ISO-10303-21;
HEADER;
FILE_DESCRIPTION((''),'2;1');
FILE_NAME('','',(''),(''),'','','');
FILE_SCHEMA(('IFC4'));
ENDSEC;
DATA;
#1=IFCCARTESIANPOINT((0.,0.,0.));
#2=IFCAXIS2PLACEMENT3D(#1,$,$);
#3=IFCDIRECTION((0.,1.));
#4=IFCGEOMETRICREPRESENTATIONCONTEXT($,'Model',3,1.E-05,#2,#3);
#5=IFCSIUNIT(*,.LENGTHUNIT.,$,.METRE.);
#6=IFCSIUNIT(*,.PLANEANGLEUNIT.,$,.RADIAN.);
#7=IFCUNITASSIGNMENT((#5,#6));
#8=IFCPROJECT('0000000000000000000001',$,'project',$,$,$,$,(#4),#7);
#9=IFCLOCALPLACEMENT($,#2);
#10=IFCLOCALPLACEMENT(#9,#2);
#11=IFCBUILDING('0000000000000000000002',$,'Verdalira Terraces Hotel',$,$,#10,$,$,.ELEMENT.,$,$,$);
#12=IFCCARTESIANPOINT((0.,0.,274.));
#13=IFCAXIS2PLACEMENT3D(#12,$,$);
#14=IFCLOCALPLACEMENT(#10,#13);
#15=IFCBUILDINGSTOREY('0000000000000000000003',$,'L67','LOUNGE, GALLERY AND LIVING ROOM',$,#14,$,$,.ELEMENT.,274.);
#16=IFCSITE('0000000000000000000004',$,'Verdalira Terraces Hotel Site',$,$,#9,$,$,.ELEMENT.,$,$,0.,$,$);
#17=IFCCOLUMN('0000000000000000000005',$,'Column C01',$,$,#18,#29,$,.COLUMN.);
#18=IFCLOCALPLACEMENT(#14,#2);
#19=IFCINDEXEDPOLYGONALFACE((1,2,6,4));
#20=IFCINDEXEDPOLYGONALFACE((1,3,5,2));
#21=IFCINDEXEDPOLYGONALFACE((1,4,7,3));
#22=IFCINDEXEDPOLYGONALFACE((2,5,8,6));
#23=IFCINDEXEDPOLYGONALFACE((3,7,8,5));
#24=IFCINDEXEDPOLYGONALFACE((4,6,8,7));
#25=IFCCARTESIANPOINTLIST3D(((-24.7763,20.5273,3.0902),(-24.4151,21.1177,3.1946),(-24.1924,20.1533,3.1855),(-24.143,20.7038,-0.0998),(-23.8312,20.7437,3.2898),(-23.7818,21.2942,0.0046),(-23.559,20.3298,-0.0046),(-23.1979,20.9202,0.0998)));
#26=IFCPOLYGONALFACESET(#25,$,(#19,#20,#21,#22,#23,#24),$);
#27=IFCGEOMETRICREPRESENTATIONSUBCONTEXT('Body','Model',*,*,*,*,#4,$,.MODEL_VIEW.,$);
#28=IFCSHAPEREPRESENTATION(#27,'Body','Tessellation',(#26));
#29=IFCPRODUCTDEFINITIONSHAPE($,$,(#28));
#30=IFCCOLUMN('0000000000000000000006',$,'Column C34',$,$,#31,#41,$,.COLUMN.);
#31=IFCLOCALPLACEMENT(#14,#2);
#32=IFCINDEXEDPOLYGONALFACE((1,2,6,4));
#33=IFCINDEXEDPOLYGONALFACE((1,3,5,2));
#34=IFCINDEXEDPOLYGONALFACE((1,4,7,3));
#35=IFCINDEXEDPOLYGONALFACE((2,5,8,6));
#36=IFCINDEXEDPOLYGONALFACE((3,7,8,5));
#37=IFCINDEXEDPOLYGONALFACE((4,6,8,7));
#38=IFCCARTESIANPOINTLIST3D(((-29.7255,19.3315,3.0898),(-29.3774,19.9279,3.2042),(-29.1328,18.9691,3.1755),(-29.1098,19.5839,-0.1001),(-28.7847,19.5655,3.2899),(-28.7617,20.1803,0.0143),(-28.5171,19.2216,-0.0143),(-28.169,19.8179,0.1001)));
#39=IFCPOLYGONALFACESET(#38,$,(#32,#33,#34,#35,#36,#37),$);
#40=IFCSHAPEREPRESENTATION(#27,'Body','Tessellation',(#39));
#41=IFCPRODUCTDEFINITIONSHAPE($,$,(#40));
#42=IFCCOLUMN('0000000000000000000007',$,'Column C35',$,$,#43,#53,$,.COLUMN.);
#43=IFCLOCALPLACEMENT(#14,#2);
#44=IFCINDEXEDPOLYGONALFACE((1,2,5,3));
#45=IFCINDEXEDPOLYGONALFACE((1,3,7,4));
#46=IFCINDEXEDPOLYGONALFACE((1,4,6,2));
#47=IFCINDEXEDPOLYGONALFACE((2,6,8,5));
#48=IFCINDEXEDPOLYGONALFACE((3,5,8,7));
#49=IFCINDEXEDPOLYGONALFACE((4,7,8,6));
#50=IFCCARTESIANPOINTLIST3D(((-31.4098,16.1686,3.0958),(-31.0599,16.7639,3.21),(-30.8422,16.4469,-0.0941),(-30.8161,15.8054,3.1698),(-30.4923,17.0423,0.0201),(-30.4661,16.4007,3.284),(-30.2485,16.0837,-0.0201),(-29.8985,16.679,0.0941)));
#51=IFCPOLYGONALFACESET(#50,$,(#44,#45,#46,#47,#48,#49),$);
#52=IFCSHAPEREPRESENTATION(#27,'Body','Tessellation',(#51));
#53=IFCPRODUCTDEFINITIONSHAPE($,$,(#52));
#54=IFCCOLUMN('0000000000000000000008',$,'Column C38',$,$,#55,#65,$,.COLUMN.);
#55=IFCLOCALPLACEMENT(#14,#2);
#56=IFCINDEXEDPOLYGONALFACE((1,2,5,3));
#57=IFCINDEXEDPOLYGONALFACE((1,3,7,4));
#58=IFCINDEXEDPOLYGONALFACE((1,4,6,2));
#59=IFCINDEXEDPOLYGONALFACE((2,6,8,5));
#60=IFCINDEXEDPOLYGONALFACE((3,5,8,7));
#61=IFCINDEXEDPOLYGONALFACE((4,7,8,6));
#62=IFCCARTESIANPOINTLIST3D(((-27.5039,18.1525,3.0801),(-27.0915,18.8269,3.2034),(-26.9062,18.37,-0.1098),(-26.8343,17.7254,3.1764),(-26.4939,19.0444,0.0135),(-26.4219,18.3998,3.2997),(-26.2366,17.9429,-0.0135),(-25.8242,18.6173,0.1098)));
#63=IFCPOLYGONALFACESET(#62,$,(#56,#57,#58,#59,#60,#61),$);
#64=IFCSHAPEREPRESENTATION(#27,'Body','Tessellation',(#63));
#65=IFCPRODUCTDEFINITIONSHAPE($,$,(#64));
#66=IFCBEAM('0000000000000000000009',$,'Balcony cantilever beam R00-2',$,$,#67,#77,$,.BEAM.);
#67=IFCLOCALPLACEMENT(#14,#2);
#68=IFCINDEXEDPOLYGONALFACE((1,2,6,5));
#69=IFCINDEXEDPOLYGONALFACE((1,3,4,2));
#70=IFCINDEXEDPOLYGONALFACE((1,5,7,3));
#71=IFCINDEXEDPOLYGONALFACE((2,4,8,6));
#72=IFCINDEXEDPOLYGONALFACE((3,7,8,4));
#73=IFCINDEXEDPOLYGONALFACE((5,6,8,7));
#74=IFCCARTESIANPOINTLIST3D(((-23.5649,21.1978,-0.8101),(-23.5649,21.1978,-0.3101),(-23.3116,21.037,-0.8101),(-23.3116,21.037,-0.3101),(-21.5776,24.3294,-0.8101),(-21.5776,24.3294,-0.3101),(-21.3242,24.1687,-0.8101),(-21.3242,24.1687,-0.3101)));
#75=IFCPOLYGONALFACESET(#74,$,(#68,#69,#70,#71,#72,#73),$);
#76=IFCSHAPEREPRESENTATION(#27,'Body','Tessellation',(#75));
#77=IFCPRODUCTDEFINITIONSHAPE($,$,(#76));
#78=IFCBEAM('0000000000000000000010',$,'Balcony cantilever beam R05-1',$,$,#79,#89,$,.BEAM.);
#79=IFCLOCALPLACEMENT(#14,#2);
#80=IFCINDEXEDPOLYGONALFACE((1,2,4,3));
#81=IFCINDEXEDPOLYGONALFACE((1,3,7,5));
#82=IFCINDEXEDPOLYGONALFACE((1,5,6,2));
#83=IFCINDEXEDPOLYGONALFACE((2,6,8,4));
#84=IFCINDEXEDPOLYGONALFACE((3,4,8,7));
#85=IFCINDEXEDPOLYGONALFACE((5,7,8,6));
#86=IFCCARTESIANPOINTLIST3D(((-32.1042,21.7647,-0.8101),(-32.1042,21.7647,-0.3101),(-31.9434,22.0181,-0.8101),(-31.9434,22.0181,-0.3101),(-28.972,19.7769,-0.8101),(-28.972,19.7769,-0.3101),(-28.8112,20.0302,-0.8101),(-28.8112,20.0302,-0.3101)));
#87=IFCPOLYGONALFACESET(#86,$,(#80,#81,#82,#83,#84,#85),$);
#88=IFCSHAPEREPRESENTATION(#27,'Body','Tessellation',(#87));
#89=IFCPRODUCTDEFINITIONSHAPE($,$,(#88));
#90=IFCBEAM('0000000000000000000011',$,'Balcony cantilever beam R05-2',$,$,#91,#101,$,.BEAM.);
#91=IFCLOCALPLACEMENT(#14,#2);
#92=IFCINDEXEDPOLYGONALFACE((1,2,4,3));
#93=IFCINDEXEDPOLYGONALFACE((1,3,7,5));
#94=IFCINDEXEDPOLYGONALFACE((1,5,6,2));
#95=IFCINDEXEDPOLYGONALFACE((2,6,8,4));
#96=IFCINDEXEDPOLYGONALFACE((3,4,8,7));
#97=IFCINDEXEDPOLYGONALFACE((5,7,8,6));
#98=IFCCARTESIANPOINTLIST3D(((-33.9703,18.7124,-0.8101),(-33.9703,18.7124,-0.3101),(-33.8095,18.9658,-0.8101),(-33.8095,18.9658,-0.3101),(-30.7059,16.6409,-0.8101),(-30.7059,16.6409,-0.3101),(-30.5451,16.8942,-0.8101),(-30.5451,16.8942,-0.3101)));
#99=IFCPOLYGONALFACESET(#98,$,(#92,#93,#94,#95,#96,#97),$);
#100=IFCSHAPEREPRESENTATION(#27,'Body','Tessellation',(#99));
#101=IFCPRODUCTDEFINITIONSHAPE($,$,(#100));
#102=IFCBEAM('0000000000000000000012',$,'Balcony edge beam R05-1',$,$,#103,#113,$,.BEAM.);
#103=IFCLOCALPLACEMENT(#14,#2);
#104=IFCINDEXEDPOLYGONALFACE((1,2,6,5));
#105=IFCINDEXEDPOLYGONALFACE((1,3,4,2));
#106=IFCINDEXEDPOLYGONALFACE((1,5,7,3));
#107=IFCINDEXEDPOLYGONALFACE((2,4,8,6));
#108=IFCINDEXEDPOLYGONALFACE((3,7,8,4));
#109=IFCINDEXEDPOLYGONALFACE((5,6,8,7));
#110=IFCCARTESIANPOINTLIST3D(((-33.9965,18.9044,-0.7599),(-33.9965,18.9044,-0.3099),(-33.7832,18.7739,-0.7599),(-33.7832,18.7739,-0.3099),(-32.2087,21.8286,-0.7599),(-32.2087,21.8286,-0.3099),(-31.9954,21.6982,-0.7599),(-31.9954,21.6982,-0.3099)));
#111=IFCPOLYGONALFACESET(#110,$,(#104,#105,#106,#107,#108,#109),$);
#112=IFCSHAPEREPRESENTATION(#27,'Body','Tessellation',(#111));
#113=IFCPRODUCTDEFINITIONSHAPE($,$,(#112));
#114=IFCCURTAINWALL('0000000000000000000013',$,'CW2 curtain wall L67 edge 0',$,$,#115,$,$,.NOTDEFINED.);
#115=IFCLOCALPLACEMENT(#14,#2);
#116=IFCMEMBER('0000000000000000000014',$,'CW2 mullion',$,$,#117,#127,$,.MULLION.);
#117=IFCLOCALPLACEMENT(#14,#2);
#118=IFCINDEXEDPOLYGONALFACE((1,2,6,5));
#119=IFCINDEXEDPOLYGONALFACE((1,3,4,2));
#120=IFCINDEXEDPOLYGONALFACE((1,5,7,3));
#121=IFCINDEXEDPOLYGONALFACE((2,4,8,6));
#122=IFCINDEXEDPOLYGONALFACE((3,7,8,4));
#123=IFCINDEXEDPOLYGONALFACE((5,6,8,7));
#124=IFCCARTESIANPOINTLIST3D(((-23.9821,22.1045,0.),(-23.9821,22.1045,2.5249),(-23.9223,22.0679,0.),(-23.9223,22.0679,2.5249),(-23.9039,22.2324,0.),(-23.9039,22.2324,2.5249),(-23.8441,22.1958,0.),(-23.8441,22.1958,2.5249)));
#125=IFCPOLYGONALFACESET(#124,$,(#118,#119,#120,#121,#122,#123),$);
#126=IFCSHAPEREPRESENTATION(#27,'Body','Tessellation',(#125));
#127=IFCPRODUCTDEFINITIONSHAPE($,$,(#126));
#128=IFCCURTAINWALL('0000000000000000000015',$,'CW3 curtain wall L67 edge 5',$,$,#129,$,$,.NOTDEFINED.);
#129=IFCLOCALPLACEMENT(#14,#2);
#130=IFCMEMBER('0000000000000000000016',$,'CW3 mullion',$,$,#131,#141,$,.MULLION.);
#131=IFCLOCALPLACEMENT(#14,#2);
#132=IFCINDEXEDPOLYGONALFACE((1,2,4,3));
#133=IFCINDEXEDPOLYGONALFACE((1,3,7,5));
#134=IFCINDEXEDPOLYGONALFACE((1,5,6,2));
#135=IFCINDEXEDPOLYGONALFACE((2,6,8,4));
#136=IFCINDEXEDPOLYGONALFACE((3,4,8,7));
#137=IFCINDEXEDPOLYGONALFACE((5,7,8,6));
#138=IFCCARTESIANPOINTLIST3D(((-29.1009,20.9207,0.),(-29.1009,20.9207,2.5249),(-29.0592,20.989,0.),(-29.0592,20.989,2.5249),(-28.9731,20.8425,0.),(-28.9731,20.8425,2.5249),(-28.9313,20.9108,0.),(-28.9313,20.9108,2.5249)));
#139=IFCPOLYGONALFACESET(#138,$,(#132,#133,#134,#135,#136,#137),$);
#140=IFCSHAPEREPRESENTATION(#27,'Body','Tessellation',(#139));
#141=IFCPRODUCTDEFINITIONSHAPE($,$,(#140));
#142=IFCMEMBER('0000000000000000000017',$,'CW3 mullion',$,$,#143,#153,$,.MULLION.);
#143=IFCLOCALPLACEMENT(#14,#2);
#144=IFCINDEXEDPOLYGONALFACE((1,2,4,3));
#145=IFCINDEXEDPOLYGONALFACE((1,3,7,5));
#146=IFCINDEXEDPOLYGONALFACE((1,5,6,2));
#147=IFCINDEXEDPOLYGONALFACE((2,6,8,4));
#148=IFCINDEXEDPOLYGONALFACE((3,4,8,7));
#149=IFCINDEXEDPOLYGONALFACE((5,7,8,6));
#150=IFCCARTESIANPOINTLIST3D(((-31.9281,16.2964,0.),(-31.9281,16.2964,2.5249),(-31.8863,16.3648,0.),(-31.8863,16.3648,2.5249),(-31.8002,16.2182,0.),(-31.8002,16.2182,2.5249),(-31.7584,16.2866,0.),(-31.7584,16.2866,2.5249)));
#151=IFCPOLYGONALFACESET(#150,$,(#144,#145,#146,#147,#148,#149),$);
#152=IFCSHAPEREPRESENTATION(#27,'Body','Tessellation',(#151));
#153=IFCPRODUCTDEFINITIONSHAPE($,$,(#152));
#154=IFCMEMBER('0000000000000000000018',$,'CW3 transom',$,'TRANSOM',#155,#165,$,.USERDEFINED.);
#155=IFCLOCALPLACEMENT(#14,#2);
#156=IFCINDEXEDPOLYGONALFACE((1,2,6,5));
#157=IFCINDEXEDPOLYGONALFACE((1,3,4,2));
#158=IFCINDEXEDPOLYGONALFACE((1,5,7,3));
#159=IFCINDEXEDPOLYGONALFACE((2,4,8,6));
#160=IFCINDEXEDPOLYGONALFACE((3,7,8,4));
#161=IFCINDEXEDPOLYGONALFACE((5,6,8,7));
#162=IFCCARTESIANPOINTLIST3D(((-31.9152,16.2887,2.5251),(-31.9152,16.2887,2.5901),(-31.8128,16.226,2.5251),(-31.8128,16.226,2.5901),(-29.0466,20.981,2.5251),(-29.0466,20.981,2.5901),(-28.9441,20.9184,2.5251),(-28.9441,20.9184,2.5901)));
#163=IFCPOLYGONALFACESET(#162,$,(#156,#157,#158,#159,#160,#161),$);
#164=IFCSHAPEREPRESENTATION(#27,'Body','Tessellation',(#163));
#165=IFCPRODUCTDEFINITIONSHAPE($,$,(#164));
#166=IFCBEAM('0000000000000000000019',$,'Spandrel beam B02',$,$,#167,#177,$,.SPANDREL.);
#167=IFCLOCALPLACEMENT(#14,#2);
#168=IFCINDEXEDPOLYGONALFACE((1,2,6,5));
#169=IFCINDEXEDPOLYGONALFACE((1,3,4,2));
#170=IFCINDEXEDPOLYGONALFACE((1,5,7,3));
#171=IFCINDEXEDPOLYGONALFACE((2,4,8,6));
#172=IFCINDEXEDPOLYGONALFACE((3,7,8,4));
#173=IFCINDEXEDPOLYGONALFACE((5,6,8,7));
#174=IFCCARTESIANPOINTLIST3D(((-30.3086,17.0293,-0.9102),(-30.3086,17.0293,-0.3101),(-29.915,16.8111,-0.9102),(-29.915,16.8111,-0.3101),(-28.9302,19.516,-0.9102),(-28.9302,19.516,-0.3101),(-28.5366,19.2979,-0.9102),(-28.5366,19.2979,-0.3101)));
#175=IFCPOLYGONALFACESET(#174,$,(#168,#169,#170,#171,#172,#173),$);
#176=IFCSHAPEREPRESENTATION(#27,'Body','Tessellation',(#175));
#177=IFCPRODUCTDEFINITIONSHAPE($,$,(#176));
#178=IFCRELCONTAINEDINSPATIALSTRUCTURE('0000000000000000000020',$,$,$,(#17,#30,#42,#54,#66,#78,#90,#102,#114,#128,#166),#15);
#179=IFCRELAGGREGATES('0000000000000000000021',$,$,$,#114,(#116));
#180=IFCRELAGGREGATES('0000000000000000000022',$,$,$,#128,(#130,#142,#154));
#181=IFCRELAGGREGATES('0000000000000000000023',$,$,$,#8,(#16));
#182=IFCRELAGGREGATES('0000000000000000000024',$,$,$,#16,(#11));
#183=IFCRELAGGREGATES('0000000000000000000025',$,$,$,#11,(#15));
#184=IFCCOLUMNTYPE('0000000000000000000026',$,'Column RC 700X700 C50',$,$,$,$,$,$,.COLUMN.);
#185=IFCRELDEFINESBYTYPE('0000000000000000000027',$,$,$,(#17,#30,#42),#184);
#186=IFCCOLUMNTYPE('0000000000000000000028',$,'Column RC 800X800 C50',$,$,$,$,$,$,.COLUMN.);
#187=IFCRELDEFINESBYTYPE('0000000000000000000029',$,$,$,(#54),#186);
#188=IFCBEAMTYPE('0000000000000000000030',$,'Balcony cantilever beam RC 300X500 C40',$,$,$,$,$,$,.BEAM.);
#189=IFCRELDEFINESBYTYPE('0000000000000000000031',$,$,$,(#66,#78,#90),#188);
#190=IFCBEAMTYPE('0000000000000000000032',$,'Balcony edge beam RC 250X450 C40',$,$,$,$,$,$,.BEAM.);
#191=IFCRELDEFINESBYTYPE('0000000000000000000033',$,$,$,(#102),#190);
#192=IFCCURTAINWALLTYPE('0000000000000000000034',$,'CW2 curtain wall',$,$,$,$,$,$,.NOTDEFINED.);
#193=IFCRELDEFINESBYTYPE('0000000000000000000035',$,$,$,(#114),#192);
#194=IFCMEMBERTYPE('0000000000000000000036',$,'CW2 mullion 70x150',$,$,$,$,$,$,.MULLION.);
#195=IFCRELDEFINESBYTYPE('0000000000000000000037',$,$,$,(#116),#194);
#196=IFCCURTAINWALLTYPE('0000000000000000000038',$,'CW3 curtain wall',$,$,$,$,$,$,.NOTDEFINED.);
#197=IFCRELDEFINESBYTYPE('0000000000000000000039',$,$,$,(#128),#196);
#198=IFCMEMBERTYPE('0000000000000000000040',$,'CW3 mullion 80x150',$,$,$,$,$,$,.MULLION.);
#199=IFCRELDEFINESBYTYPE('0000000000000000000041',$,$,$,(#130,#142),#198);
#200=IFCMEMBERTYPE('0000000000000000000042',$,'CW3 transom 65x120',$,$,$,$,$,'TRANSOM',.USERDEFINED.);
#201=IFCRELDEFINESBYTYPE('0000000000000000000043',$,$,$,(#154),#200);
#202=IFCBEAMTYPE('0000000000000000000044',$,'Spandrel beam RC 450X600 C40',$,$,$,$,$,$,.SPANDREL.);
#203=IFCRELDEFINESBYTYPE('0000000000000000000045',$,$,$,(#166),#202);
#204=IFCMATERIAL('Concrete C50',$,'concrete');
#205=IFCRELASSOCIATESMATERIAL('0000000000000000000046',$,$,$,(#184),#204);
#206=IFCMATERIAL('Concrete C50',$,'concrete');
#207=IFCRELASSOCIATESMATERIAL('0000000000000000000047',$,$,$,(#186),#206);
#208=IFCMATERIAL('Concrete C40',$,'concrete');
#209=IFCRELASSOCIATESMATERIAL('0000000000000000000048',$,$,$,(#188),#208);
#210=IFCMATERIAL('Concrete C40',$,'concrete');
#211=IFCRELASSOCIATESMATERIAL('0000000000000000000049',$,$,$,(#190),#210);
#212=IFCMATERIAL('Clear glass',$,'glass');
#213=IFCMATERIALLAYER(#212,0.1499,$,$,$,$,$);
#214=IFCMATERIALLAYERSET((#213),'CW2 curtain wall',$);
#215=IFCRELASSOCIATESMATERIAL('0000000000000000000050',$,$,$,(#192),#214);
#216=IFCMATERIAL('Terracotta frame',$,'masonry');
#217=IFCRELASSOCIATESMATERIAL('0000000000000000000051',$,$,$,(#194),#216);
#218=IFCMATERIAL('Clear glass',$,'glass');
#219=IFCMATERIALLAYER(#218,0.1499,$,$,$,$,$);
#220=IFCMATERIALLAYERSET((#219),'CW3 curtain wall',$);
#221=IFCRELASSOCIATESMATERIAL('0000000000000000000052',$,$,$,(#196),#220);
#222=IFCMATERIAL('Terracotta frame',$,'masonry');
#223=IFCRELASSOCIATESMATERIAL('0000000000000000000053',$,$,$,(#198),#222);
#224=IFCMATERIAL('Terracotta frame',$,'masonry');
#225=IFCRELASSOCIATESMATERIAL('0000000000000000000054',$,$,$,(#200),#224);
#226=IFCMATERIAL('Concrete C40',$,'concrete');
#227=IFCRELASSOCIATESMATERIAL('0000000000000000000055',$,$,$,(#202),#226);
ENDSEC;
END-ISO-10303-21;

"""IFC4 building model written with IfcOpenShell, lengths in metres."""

from ifc_helpers import new_model, si_unit, direction, frame, origin, origin_2d, place, context, subcontext, project, spatial, rectangle, extrude, material, layer, layer_set, material_profile, profile_set, type_object, element, aggregate, save


model = new_model("IFC4")

# Units and contexts
model_context = context("Model", 3, precision=1e-05, world=origin(), true_north=direction((0.0, 1.0)))
body_context = subcontext(model_context, "Body", "Model", "MODEL_VIEW")
ifc_project = project(units=[si_unit("LENGTHUNIT", "METRE"), si_unit("PLANEANGLEUNIT", "RADIAN")], contexts=[model_context])

# Site, building, storey
site_placement = place(None, origin())
site = spatial("IfcSite", under=ifc_project, at=site_placement, Name="Verdalira Terraces Hotel Site", CompositionType="ELEMENT", RefElevation=0.0)
building_placement = place(site_placement, origin())
building = spatial("IfcBuilding", under=site, at=building_placement, Name="Verdalira Terraces Hotel", CompositionType="ELEMENT")
storey_placement = place(building_placement, frame((0.0, 0.0, 274.0)))
storey = spatial("IfcBuildingStorey", under=building, at=storey_placement, Name="L67", Description="LOUNGE, GALLERY AND LIVING ROOM", CompositionType="ELEMENT", Elevation=274.0)

# Columns
ifc_material_1 = material(Name="Concrete C50", Category="concrete")
ifc_material_profile_1 = material_profile(ifc_material_1, rectangle(XDim=0.7, YDim=0.7, at=origin_2d()), Name="RC 700X700")
ifc_profile_set_1 = profile_set([ifc_material_profile_1], Name="Concrete C50")
column_type_1 = type_object("IfcColumnType", Name="Column RC 700X700 C50", PredefinedType="COLUMN", material=ifc_profile_set_1)
column_1_placement = place(storey_placement, frame((-23.6704, 20.812, 0.0), z_axis=(-0.194444, -0.054195, 0.979415), x_axis=(-0.834227, 0.534373, -0.13605)))
element("IfcColumn", 1, at=column_1_placement, inside=storey, type_object=column_type_1, Name="Column C01", PredefinedType="COLUMN", context=body_context, shape_type="SweptSolid", body=[
    extrude(rectangle(XDim=0.7, YDim=0.7, at=origin_2d()), origin(), (0.0, 0.0, 1.0), 3.2571),
])
column_2_placement = place(storey_placement, frame((-28.6394, 19.7009, 0.0), z_axis=(-0.188952, -0.077469, 0.978926), x_axis=(-0.497299, -0.85205, -0.163417)))
element("IfcColumn", 2, at=column_2_placement, inside=storey, type_object=column_type_1, Name="Column C34", PredefinedType="COLUMN", context=body_context, shape_type="SweptSolid", body=[
    extrude(rectangle(XDim=0.7, YDim=0.7, at=origin_2d()), origin(), (0.0, 0.0, 1.0), 3.2585),
])
column_3_placement = place(storey_placement, frame((-30.3704, 16.563, 0.0), z_axis=(-0.174548, -0.085585, 0.980922), x_axis=(-0.499974, -0.850529, -0.163175)))
element("IfcColumn", 3, at=column_3_placement, inside=storey, type_object=column_type_1, Name="Column C35", PredefinedType="COLUMN", context=body_context, shape_type="SweptSolid", body=[
    extrude(rectangle(XDim=0.7, YDim=0.7, at=origin_2d()), origin(), (0.0, 0.0, 1.0), 3.252),
])
ifc_material_2 = material(Name="Concrete C50", Category="concrete")
ifc_material_profile_2 = material_profile(ifc_material_2, rectangle(XDim=0.8, YDim=0.8, at=origin_2d()), Name="RC 800X800")
ifc_profile_set_2 = profile_set([ifc_material_profile_2], Name="Concrete C50")
column_type_2 = type_object("IfcColumnType", Name="Column RC 800X800 C50", PredefinedType="COLUMN", material=ifc_profile_set_2)
column_4_placement = place(storey_placement, frame((-26.3652, 18.4937, 0.0), z_axis=(-0.18374, -0.066876, 0.980697), x_axis=(-0.836985, 0.533814, -0.120412)))
element("IfcColumn", 4, at=column_4_placement, inside=storey, type_object=column_type_2, Name="Column C38", PredefinedType="COLUMN", context=body_context, shape_type="SweptSolid", body=[
    extrude(rectangle(XDim=0.8, YDim=0.8, at=origin_2d()), origin(), (0.0, 0.0, 1.0), 3.2527),
])

# Beams
ifc_material_3 = material(Name="Concrete C40", Category="concrete")
ifc_material_profile_3 = material_profile(ifc_material_3, rectangle(XDim=0.3, YDim=0.5, at=origin_2d()), Name="RC 300X500")
ifc_profile_set_3 = profile_set([ifc_material_profile_3], Name="Concrete C40")
beam_type_1 = type_object("IfcBeamType", Name="Balcony cantilever beam RC 300X500 C40", PredefinedType="BEAM", material=ifc_profile_set_3)
beam_1_placement = place(storey_placement, frame((-23.4382, 21.1174, -0.5601), z_axis=(0.535815, 0.844336, 0.0), x_axis=(-0.844336, 0.535815, 0.0)))
element("IfcBeam", 5, at=beam_1_placement, inside=storey, type_object=beam_type_1, Name="Balcony cantilever beam R00-2", PredefinedType="BEAM", context=body_context, shape_type="SweptSolid", body=[
    extrude(rectangle(XDim=0.3, YDim=0.5, at=origin_2d()), origin(), (0.0, 0.0, 1.0), 3.709),
])
beam_2_placement = place(storey_placement, frame((-28.8916, 19.9036, -0.5601), z_axis=(-0.844314, 0.535849, 0.0), x_axis=(-0.535849, -0.844314, 0.0)))
element("IfcBeam", 6, at=beam_2_placement, inside=storey, type_object=beam_type_1, Name="Balcony cantilever beam R05-1", PredefinedType="BEAM", context=body_context, shape_type="SweptSolid", body=[
    extrude(rectangle(XDim=0.3, YDim=0.5, at=origin_2d()), origin(), (0.0, 0.0, 1.0), 3.7097),
])
beam_3_placement = place(storey_placement, frame((-30.6255, 16.7676, -0.5601), z_axis=(-0.844342, 0.535805, 0.0), x_axis=(-0.535805, -0.844342, 0.0)))
element("IfcBeam", 7, at=beam_3_placement, inside=storey, type_object=beam_type_1, Name="Balcony cantilever beam R05-2", PredefinedType="BEAM", context=body_context, shape_type="SweptSolid", body=[
    extrude(rectangle(XDim=0.3, YDim=0.5, at=origin_2d()), origin(), (0.0, 0.0, 1.0), 3.8662),
])
ifc_material_4 = material(Name="Concrete C40", Category="concrete")
ifc_material_profile_4 = material_profile(ifc_material_4, rectangle(XDim=0.25, YDim=0.45, at=origin_2d()), Name="RC 250X450")
ifc_profile_set_4 = profile_set([ifc_material_profile_4], Name="Concrete C40")
beam_type_2 = type_object("IfcBeamType", Name="Balcony edge beam RC 250X450 C40", PredefinedType="BEAM", material=ifc_profile_set_4)
beam_4_placement = place(storey_placement, frame((-32.1021, 21.7634, -0.5349), z_axis=(-0.521611, -0.853183, 0.0), x_axis=(0.853183, -0.521611, 0.0)))
element("IfcBeam", 8, at=beam_4_placement, inside=storey, type_object=beam_type_2, Name="Balcony edge beam R05-1", PredefinedType="BEAM", context=body_context, shape_type="SweptSolid", body=[
    extrude(rectangle(XDim=0.25, YDim=0.45, at=origin_2d()), origin(), (0.0, 0.0, 1.0), 3.4275),
])

# Curtain wall, member
ifc_material_5 = material(Name="Clear glass", Category="glass")
ifc_layer_1 = layer(ifc_material_5, 0.1499)
ifc_layer_set_1 = layer_set([ifc_layer_1], Name="CW2 curtain wall")
curtain_wall_type_1 = type_object("IfcCurtainWallType", Name="CW2 curtain wall", PredefinedType="NOTDEFINED", material=ifc_layer_set_1)
curtain_wall_1_placement = place(storey_placement, origin())
curtain_wall_1 = element("IfcCurtainWall", 9, at=curtain_wall_1_placement, inside=storey, type_object=curtain_wall_type_1, Name="CW2 curtain wall L67 edge 0", PredefinedType="NOTDEFINED")
ifc_material_6 = material(Name="Terracotta frame", Category="masonry")
ifc_material_profile_5 = material_profile(ifc_material_6, rectangle(XDim=0.0701, YDim=0.1499, at=origin_2d()), Name="MU 70x150")
ifc_profile_set_5 = profile_set([ifc_material_profile_5], Name="Terracotta frame")
member_type_1 = type_object("IfcMemberType", Name="CW2 mullion 70x150", PredefinedType="MULLION", material=ifc_profile_set_5)
member_1_placement = place(storey_placement, frame((-23.9131, 22.1501, 0.0), z_axis=(0.0, 0.0, 1.0), x_axis=(-0.853187, 0.521605, 0.0)))
member_1 = element("IfcMember", 10, at=member_1_placement, type_object=member_type_1, Name="CW2 mullion", PredefinedType="MULLION", context=body_context, shape_type="SweptSolid", body=[
    extrude(rectangle(XDim=0.0701, YDim=0.1499, at=origin_2d()), origin(), (0.0, 0.0, 1.0), 2.5249),
])
aggregate(curtain_wall_1, [member_1])

# Curtain wall, members
ifc_material_7 = material(Name="Clear glass", Category="glass")
ifc_layer_2 = layer(ifc_material_7, 0.1499)
ifc_layer_set_2 = layer_set([ifc_layer_2], Name="CW3 curtain wall")
curtain_wall_type_2 = type_object("IfcCurtainWallType", Name="CW3 curtain wall", PredefinedType="NOTDEFINED", material=ifc_layer_set_2)
curtain_wall_2_placement = place(storey_placement, origin())
curtain_wall_2 = element("IfcCurtainWall", 11, at=curtain_wall_2_placement, inside=storey, type_object=curtain_wall_type_2, Name="CW3 curtain wall L67 edge 5", PredefinedType="NOTDEFINED")
ifc_material_8 = material(Name="Terracotta frame", Category="masonry")
ifc_material_profile_6 = material_profile(ifc_material_8, rectangle(XDim=0.0801, YDim=0.1499, at=origin_2d()), Name="MU 80x150")
ifc_profile_set_6 = profile_set([ifc_material_profile_6], Name="Terracotta frame")
member_type_2 = type_object("IfcMemberType", Name="CW3 mullion 80x150", PredefinedType="MULLION", material=ifc_profile_set_6)
member_2_placement = place(storey_placement, frame((-29.0161, 20.9158, 0.0), z_axis=(0.0, 0.0, 1.0), x_axis=(-0.521605, -0.853187, 0.0)))
member_2 = element("IfcMember", 12, at=member_2_placement, type_object=member_type_2, Name="CW3 mullion", PredefinedType="MULLION", context=body_context, shape_type="SweptSolid", body=[
    extrude(rectangle(XDim=0.0801, YDim=0.1499, at=origin_2d()), origin(), (0.0, 0.0, 1.0), 2.5249),
])
member_3_placement = place(storey_placement, frame((-31.8433, 16.2915, 0.0), z_axis=(0.0, 0.0, 1.0), x_axis=(-0.521605, -0.853187, 0.0)))
member_3 = element("IfcMember", 13, at=member_3_placement, type_object=member_type_2, Name="CW3 mullion", PredefinedType="MULLION", context=body_context, shape_type="SweptSolid", body=[
    extrude(rectangle(XDim=0.0801, YDim=0.1499, at=origin_2d()), origin(), (0.0, 0.0, 1.0), 2.5249),
])
ifc_material_9 = material(Name="Terracotta frame", Category="masonry")
ifc_material_profile_7 = material_profile(ifc_material_9, rectangle(XDim=0.1201, YDim=0.0649, at=origin_2d()), Name="TR 65x120")
ifc_profile_set_7 = profile_set([ifc_material_profile_7], Name="Terracotta frame")
member_type_3 = type_object("IfcMemberType", Name="CW3 transom 65x120", ElementType="TRANSOM", PredefinedType="USERDEFINED", material=ifc_profile_set_7)
member_4_placement = place(storey_placement, frame((-28.9954, 20.9497, 2.5576), z_axis=(-0.521594, -0.853194, 0.0), x_axis=(0.853194, -0.521594, 0.0)))
member_4 = element("IfcMember", 14, at=member_4_placement, type_object=member_type_3, Name="CW3 transom", ObjectType="TRANSOM", PredefinedType="USERDEFINED", context=body_context, shape_type="SweptSolid", body=[
    extrude(rectangle(XDim=0.1201, YDim=0.0649, at=origin_2d()), origin(), (0.0, 0.0, 1.0), 5.4998),
])

# Beam
ifc_material_10 = material(Name="Concrete C40", Category="concrete")
ifc_material_profile_8 = material_profile(ifc_material_10, rectangle(XDim=0.45, YDim=0.6001, at=origin_2d()), Name="RC 450X600")
ifc_profile_set_8 = profile_set([ifc_material_profile_8], Name="Concrete C40")
beam_type_3 = type_object("IfcBeamType", Name="Spandrel beam RC 450X600 C40", PredefinedType="SPANDREL", material=ifc_profile_set_8)
beam_5_placement = place(storey_placement, frame((-28.7334, 19.407, -0.6101), z_axis=(-0.484797, -0.874627, 0.0), x_axis=(0.874627, -0.484797, 0.0)))
element("IfcBeam", 15, at=beam_5_placement, inside=storey, type_object=beam_type_3, Name="Spandrel beam B02", PredefinedType="SPANDREL", context=body_context, shape_type="SweptSolid", body=[
    extrude(rectangle(XDim=0.45, YDim=0.6001, at=origin_2d()), origin(), (0.0, 0.0, 1.0), 2.8433),
])

aggregate(curtain_wall_2, [member_2, member_3, member_4])

save(model, "model.ifc")
